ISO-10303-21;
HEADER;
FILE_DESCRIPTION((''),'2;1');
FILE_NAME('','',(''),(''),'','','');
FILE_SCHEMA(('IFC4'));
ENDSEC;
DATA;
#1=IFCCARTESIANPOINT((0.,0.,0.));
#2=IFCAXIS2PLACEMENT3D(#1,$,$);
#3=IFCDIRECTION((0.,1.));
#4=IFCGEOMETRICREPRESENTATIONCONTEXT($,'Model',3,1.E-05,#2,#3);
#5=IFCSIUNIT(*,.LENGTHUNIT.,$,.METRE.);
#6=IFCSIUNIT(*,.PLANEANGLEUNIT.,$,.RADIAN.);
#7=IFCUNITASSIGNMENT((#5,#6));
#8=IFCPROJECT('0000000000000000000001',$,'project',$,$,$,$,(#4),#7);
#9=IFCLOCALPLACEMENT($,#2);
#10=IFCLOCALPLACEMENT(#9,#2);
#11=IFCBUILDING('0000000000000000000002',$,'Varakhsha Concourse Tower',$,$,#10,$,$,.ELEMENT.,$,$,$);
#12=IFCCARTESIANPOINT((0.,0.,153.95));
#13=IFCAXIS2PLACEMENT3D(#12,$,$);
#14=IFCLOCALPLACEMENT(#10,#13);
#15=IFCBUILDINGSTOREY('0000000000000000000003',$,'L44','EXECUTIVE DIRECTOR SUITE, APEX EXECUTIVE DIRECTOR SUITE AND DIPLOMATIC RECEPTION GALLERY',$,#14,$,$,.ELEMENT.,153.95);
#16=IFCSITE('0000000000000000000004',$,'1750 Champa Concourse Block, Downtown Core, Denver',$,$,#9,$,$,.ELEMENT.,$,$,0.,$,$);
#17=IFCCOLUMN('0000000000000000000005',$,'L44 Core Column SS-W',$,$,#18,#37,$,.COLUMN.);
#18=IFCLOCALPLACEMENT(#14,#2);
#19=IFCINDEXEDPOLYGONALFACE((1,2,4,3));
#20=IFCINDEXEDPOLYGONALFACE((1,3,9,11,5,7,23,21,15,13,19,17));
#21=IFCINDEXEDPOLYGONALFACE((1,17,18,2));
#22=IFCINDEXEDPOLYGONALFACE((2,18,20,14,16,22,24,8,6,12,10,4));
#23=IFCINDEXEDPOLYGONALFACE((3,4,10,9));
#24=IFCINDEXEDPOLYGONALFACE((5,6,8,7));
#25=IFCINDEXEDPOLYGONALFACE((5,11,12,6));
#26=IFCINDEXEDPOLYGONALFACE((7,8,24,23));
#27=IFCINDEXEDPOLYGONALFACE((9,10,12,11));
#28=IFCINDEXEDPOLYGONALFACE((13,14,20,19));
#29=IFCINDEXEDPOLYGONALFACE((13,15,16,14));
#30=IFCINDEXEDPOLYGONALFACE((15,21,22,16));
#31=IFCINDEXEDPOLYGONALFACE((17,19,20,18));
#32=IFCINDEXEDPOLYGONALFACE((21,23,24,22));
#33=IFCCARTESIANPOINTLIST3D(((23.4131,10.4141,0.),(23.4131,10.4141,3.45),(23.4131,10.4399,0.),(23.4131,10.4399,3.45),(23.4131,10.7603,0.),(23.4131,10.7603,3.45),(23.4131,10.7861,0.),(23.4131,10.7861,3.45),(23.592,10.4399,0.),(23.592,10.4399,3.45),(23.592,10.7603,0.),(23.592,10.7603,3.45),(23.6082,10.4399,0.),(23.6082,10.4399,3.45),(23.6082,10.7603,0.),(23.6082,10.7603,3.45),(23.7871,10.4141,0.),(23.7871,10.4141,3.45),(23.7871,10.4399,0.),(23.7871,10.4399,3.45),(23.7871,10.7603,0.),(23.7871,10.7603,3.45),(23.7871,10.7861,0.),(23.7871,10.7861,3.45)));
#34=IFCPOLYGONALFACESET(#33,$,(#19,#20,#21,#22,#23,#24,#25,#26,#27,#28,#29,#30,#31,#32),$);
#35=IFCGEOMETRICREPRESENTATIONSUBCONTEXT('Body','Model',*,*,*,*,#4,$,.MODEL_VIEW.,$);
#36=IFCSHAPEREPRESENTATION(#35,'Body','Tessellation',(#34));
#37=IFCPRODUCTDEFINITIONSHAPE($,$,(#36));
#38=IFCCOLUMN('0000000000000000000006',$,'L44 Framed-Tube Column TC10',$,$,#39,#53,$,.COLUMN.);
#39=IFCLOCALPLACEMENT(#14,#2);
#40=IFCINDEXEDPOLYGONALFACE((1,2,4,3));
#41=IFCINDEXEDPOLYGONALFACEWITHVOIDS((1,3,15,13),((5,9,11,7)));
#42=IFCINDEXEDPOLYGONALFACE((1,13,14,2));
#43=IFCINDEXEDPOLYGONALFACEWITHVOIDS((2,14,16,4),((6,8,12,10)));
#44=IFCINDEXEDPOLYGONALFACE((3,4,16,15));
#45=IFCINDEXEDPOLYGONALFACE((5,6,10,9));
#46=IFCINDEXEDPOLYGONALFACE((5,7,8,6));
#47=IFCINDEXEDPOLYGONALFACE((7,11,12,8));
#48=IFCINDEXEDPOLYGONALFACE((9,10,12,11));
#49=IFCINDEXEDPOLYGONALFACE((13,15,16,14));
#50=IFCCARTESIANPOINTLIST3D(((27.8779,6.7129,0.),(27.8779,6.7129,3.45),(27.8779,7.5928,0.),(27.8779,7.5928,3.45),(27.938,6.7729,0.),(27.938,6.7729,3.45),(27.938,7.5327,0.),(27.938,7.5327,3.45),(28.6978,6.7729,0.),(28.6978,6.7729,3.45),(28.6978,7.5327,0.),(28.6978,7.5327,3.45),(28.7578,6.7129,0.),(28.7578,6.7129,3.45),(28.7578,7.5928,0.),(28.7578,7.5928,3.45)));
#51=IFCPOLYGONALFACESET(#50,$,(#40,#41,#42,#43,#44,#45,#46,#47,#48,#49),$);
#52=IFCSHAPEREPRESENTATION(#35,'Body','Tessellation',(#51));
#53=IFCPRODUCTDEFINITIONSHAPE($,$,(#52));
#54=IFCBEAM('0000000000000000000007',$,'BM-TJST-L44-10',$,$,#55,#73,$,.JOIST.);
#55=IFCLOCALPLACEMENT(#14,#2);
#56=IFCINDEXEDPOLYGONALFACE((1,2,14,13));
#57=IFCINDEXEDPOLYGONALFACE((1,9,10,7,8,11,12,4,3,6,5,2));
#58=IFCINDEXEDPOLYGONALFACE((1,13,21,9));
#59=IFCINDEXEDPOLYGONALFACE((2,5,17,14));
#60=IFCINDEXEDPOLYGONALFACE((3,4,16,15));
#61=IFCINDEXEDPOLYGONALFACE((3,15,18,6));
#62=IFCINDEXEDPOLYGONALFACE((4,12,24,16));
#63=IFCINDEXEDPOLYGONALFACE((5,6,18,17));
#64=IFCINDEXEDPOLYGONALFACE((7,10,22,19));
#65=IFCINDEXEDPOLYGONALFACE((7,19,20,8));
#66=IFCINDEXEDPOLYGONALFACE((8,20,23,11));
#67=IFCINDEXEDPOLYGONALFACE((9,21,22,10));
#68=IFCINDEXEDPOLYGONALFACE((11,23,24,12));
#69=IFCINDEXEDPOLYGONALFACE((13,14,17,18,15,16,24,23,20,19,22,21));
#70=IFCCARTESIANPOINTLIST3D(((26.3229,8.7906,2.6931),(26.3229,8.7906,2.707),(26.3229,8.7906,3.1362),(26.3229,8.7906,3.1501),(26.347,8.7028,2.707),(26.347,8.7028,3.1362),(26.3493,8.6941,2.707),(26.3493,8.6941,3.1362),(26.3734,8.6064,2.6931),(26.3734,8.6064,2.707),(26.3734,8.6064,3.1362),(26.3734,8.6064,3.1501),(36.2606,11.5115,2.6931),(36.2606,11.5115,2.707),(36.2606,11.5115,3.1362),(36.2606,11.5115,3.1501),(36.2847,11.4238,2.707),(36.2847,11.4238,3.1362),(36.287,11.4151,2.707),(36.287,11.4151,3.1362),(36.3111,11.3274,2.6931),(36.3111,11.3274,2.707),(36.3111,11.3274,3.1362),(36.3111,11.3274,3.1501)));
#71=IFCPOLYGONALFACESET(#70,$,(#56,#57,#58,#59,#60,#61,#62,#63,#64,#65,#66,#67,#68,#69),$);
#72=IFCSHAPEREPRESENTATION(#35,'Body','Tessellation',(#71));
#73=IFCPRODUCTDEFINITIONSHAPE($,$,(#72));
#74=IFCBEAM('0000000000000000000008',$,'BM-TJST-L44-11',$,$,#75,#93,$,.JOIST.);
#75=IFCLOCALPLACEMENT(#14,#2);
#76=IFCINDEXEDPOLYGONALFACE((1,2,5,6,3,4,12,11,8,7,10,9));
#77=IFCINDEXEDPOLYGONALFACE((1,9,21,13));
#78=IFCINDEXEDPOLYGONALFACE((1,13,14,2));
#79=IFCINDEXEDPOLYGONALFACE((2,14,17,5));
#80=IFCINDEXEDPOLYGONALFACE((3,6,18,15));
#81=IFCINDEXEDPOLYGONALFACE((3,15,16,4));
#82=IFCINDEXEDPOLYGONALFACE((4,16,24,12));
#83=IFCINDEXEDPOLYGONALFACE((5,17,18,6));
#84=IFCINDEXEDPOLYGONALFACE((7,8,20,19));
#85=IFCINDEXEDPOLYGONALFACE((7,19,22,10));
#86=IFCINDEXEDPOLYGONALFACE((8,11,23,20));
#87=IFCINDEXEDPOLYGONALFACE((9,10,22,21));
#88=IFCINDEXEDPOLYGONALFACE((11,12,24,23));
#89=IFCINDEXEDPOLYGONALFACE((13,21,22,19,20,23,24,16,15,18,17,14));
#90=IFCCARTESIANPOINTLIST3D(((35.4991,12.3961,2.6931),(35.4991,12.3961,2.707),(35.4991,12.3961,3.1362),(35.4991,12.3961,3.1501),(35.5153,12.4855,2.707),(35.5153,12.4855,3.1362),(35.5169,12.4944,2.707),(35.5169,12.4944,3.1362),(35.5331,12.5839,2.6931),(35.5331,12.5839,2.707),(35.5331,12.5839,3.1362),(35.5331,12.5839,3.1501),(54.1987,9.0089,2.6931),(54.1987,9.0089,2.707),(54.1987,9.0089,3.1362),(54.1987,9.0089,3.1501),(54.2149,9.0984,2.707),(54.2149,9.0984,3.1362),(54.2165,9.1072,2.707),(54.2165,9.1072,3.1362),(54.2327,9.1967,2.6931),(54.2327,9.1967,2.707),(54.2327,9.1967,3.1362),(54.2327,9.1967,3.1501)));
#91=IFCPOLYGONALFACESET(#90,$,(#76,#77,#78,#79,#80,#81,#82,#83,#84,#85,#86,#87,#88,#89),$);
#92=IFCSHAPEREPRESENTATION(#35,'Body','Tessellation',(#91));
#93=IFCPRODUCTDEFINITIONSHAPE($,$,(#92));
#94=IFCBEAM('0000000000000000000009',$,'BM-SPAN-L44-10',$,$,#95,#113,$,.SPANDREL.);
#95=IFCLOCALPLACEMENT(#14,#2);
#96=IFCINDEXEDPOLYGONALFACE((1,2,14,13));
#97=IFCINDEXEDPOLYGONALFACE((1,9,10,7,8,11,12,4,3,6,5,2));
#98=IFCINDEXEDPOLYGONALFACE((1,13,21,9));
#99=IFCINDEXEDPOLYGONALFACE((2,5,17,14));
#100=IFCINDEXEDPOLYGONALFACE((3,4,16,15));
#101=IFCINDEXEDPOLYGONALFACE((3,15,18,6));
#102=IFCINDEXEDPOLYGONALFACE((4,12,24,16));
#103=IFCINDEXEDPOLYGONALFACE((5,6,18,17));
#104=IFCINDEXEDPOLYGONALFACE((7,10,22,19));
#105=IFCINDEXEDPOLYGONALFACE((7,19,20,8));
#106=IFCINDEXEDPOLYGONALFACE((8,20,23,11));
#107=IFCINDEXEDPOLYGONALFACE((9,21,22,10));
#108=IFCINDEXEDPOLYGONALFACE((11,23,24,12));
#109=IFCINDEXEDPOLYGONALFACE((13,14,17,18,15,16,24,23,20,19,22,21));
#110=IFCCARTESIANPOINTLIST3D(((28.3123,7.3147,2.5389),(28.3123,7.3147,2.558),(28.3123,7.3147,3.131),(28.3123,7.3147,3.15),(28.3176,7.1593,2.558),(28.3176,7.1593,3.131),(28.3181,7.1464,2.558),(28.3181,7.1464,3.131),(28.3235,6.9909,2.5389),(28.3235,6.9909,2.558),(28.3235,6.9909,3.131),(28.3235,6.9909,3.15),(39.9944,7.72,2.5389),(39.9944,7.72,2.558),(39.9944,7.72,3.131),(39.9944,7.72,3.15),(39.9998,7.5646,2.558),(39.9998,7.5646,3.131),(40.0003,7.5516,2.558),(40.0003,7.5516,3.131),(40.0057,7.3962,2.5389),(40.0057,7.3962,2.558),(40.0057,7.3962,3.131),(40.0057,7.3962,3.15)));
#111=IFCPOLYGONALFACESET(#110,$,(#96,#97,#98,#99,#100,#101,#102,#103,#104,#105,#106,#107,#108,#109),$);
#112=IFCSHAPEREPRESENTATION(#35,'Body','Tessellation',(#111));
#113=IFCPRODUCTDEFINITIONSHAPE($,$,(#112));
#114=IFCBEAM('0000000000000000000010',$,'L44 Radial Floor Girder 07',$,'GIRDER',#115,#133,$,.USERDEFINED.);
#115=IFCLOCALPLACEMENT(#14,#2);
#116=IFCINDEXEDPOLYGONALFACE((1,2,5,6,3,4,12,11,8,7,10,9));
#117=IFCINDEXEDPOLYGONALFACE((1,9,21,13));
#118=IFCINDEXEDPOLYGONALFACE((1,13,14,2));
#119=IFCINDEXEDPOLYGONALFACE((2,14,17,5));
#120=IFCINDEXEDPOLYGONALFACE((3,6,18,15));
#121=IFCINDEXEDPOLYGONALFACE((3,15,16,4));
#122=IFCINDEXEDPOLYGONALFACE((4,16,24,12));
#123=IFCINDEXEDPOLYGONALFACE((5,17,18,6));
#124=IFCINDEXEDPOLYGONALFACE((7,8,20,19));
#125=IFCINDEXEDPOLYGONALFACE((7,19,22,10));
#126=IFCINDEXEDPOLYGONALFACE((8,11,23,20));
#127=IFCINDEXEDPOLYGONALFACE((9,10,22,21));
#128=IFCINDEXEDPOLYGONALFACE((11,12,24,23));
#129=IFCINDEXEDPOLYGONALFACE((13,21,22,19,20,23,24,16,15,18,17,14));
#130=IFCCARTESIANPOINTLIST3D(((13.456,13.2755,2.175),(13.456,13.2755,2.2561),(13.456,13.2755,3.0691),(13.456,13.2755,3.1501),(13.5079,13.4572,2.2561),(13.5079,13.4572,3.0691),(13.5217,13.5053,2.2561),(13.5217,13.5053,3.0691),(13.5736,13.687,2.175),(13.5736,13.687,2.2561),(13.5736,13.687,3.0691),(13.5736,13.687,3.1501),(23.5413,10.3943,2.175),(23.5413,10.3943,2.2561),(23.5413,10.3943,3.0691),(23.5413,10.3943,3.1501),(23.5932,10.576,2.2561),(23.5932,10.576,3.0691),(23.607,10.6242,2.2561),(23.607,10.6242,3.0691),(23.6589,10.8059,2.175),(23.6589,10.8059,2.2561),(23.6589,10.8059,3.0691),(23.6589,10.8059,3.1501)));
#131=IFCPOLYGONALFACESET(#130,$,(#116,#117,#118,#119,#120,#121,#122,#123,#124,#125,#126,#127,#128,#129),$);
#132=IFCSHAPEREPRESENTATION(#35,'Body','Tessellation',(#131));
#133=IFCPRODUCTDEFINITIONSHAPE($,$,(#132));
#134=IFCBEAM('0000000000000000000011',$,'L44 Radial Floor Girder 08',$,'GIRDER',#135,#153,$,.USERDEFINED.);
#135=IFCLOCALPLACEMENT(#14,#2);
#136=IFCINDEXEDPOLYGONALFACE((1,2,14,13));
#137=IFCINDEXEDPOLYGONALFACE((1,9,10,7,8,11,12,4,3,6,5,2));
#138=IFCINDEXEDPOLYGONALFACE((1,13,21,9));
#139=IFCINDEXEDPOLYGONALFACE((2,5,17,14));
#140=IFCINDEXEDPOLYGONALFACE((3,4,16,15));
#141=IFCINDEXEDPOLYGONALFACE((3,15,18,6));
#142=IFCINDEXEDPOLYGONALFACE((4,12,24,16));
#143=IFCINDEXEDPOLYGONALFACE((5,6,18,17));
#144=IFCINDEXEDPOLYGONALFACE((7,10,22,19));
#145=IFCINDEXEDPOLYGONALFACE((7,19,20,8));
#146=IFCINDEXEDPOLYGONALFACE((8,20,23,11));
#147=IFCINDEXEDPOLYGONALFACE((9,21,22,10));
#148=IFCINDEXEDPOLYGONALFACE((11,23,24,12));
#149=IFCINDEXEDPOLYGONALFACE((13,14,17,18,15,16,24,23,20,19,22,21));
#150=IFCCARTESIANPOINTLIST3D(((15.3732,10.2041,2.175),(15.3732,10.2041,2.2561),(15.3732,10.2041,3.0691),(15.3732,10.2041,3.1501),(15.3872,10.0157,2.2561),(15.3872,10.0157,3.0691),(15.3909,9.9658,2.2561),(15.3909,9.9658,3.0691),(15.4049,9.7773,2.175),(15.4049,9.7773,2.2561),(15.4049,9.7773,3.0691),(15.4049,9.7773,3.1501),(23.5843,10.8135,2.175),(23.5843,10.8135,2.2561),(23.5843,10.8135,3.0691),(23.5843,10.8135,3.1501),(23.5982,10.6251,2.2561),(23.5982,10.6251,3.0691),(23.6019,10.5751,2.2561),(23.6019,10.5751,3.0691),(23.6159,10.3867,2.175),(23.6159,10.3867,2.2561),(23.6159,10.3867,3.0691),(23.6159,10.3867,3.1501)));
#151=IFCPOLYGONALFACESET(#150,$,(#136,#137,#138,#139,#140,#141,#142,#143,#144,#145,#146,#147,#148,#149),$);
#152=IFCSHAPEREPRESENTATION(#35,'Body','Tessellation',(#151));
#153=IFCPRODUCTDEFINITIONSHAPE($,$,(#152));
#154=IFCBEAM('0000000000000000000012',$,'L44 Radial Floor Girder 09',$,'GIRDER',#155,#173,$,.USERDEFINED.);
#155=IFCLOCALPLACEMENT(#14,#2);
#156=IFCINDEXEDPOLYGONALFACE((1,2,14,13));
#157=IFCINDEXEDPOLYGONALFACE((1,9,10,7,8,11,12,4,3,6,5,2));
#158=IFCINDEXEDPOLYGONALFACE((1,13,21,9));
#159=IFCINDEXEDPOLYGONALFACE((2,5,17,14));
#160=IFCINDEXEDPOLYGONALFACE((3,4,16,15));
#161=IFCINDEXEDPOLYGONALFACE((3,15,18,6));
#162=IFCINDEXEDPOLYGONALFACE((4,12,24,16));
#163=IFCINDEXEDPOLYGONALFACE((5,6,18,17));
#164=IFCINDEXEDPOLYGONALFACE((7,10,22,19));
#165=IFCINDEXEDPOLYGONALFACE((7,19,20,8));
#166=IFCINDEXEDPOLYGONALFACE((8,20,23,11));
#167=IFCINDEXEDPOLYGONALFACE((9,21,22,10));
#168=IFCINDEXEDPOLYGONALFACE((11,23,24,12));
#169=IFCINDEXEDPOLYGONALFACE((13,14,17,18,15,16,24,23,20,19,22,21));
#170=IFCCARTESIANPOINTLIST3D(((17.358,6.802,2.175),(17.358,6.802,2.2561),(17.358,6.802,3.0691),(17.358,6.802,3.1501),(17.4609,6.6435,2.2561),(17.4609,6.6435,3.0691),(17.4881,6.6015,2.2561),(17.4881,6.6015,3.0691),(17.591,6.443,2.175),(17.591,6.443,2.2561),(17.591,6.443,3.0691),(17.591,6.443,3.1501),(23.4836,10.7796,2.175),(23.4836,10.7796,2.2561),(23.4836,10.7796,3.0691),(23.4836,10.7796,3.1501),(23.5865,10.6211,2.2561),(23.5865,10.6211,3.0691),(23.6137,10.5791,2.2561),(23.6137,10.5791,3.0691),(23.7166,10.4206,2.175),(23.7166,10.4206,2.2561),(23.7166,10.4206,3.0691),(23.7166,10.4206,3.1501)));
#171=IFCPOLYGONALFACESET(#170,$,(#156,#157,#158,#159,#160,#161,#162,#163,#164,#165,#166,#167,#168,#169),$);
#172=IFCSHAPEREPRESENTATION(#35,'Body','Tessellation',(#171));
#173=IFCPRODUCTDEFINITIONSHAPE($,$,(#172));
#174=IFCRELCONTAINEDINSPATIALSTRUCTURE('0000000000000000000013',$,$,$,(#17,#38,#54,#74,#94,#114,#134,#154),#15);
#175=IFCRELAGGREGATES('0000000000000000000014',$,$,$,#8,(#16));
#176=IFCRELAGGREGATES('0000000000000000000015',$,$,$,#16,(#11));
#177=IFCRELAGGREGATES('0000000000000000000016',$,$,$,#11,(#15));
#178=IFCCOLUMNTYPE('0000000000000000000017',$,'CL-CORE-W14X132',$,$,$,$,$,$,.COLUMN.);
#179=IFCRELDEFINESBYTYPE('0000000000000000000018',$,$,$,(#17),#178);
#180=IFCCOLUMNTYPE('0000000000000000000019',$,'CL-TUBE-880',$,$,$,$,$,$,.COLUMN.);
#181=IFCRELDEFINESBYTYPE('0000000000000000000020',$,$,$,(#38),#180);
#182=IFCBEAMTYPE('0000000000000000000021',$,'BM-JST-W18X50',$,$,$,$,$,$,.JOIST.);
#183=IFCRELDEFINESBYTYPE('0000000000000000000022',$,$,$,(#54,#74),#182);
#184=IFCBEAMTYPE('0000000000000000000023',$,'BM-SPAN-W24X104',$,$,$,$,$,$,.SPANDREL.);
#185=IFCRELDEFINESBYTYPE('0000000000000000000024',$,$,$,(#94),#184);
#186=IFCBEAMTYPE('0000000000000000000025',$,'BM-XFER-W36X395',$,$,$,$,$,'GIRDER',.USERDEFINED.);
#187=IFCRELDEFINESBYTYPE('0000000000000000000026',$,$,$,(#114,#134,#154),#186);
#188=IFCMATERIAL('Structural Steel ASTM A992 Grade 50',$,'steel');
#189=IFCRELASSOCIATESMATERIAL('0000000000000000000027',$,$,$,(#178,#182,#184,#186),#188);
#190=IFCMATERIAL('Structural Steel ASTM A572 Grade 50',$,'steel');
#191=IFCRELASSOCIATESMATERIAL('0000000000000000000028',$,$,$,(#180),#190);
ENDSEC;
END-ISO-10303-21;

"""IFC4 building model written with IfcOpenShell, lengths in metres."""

from ifc_helpers import new_model, si_unit, direction, frame, origin, origin_2d, place, context, subcontext, project, spatial, hollow_rectangle, i_section, extrude, material, material_profile, profile_set, type_object, element, save


model = new_model("IFC4")

# Units and contexts
model_context = context("Model", 3, precision=1e-05, world=origin(), true_north=direction((0.0, 1.0)))
body_context = subcontext(model_context, "Body", "Model", "MODEL_VIEW")
ifc_project = project(units=[si_unit("LENGTHUNIT", "METRE"), si_unit("PLANEANGLEUNIT", "RADIAN")], contexts=[model_context])

# Site, building, storey
site_placement = place(None, origin())
site = spatial("IfcSite", under=ifc_project, at=site_placement, Name="1750 Champa Concourse Block, Downtown Core, Denver", CompositionType="ELEMENT", RefElevation=0.0)
building_placement = place(site_placement, origin())
building = spatial("IfcBuilding", under=site, at=building_placement, Name="Varakhsha Concourse Tower", CompositionType="ELEMENT")
storey_placement = place(building_placement, frame((0.0, 0.0, 153.95)))
storey = spatial("IfcBuildingStorey", under=building, at=storey_placement, Name="L44", Description="EXECUTIVE DIRECTOR SUITE, APEX EXECUTIVE DIRECTOR SUITE AND DIPLOMATIC RECEPTION GALLERY", CompositionType="ELEMENT", Elevation=153.95)

# Columns
ifc_material_1 = material(Name="Structural Steel ASTM A992 Grade 50", Category="steel")
ifc_material_profile_1 = material_profile(ifc_material_1, i_section(OverallWidth=0.374, OverallDepth=0.3721, WebThickness=0.0161, FlangeThickness=0.0259, at=origin_2d()), Name="W14X132")
ifc_profile_set_1 = profile_set([ifc_material_profile_1], Name="Structural Steel ASTM A992 Grade 50")
column_type_1 = type_object("IfcColumnType", Name="CL-CORE-W14X132", PredefinedType="COLUMN", material=ifc_profile_set_1)
column_1_placement = place(storey_placement, frame((23.6001, 10.6001, 0.0), z_axis=(0.0, 0.0, 1.0), x_axis=(1.0, 0.0, 0.0)))
element("IfcColumn", 1, at=column_1_placement, inside=storey, type_object=column_type_1, Name="L44 Core Column SS-W", PredefinedType="COLUMN", context=body_context, shape_type="SweptSolid", body=[
    extrude(i_section(OverallWidth=0.374, OverallDepth=0.3721, WebThickness=0.0161, FlangeThickness=0.0259, at=origin_2d()), origin(), (0.0, 0.0, 1.0), 3.45),
])
ifc_material_2 = material(Name="Structural Steel ASTM A572 Grade 50", Category="steel")
ifc_material_profile_2 = material_profile(ifc_material_2, hollow_rectangle(XDim=0.8799, YDim=0.8799, WallThickness=0.0601, at=origin_2d()), Name="BOX 880x880x60")
ifc_profile_set_2 = profile_set([ifc_material_profile_2], Name="Structural Steel ASTM A572 Grade 50")
column_type_2 = type_object("IfcColumnType", Name="CL-TUBE-880", PredefinedType="COLUMN", material=ifc_profile_set_2)
column_2_placement = place(storey_placement, frame((28.3179, 7.1528, 0.0), z_axis=(0.0, 0.0, 1.0), x_axis=(1.0, 0.0, 0.0)))
element("IfcColumn", 2, at=column_2_placement, inside=storey, type_object=column_type_2, Name="L44 Framed-Tube Column TC10", PredefinedType="COLUMN", context=body_context, shape_type="SweptSolid", body=[
    extrude(hollow_rectangle(XDim=0.8799, YDim=0.8799, WallThickness=0.0601, at=origin_2d()), origin(), (0.0, 0.0, 1.0), 3.45),
])

# Beams
ifc_material_profile_3 = material_profile(ifc_material_1, i_section(OverallWidth=0.1909, OverallDepth=0.457, WebThickness=0.009, FlangeThickness=0.0139, at=origin_2d()), Name="W18X50")
ifc_profile_set_3 = profile_set([ifc_material_profile_3], Name="Structural Steel ASTM A992 Grade 50")
beam_type_1 = type_object("IfcBeamType", Name="BM-JST-W18X50", PredefinedType="JOIST", material=ifc_profile_set_3)
beam_1_placement = place(storey_placement, frame((26.3481, 8.6985, 2.9216), z_axis=(0.964501, 0.26408, 0.0), x_axis=(-0.26408, 0.964501, 0.0)))
element("IfcBeam", 3, at=beam_1_placement, inside=storey, type_object=beam_type_1, Name="BM-TJST-L44-10", PredefinedType="JOIST", context=body_context, shape_type="SweptSolid", body=[
    extrude(i_section(OverallWidth=0.1909, OverallDepth=0.457, WebThickness=0.009, FlangeThickness=0.0139, at=origin_2d()), origin(), (0.0, 0.0, 1.0), 10.3035),
])
beam_2_placement = place(storey_placement, frame((35.5161, 12.49, 2.9216), z_axis=(0.983988, -0.178236, 0.0), x_axis=(0.178236, 0.983988, 0.0)))
element("IfcBeam", 4, at=beam_2_placement, inside=storey, type_object=beam_type_1, Name="BM-TJST-L44-11", PredefinedType="JOIST", context=body_context, shape_type="SweptSolid", body=[
    extrude(i_section(OverallWidth=0.1909, OverallDepth=0.457, WebThickness=0.009, FlangeThickness=0.0139, at=origin_2d()), origin(), (0.0, 0.0, 1.0), 19.0039),
])
ifc_material_profile_4 = material_profile(ifc_material_1, i_section(OverallWidth=0.324, OverallDepth=0.6111, WebThickness=0.0129, FlangeThickness=0.019, at=origin_2d()), Name="W24X104")
ifc_profile_set_4 = profile_set([ifc_material_profile_4], Name="Structural Steel ASTM A992 Grade 50")
beam_type_2 = type_object("IfcBeamType", Name="BM-SPAN-W24X104", PredefinedType="SPANDREL", material=ifc_profile_set_4)
beam_3_placement = place(storey_placement, frame((28.3179, 7.1528, 2.8445), z_axis=(0.999399, 0.034671, 0.0), x_axis=(-0.034671, 0.999399, 0.0)))
element("IfcBeam", 5, at=beam_3_placement, inside=storey, type_object=beam_type_2, Name="BM-SPAN-L44-10", PredefinedType="SPANDREL", context=body_context, shape_type="SweptSolid", body=[
    extrude(i_section(OverallWidth=0.324, OverallDepth=0.6111, WebThickness=0.0129, FlangeThickness=0.019, at=origin_2d()), origin(), (0.0, 0.0, 1.0), 11.6892),
])
ifc_material_profile_5 = material_profile(ifc_material_1, i_section(OverallWidth=0.428, OverallDepth=0.9751, WebThickness=0.05, FlangeThickness=0.0811, at=origin_2d()), Name="W36X395")
ifc_profile_set_5 = profile_set([ifc_material_profile_5], Name="Structural Steel ASTM A992 Grade 50")
beam_type_3 = type_object("IfcBeamType", Name="BM-XFER-W36X395", ElementType="GIRDER", PredefinedType="USERDEFINED", material=ifc_profile_set_5)
beam_4_placement = place(storey_placement, frame((23.6001, 10.6001, 2.6626), z_axis=(-0.961534, 0.274687, 0.0), x_axis=(-0.274687, -0.961534, 0.0)))
element("IfcBeam", 6, at=beam_4_placement, inside=storey, type_object=beam_type_3, Name="L44 Radial Floor Girder 07", ObjectType="GIRDER", PredefinedType="USERDEFINED", context=body_context, shape_type="SweptSolid", body=[
    extrude(i_section(OverallWidth=0.428, OverallDepth=0.9751, WebThickness=0.05, FlangeThickness=0.0811, at=origin_2d()), origin(), (0.0, 0.0, 1.0), 10.4888),
])
beam_5_placement = place(storey_placement, frame((23.6001, 10.6001, 2.6626), z_axis=(-0.997258, -0.074009, 0.0), x_axis=(0.074009, -0.997258, 0.0)))
element("IfcBeam", 7, at=beam_5_placement, inside=storey, type_object=beam_type_3, Name="L44 Radial Floor Girder 08", ObjectType="GIRDER", PredefinedType="USERDEFINED", context=body_context, shape_type="SweptSolid", body=[
    extrude(i_section(OverallWidth=0.428, OverallDepth=0.9751, WebThickness=0.05, FlangeThickness=0.0811, at=origin_2d()), origin(), (0.0, 0.0, 1.0), 8.2336),
])
beam_6_placement = place(storey_placement, frame((23.6001, 10.6001, 2.6626), z_axis=(-0.838696, -0.544601, 0.0), x_axis=(0.544601, -0.838696, 0.0)))
element("IfcBeam", 8, at=beam_6_placement, inside=storey, type_object=beam_type_3, Name="L44 Radial Floor Girder 09", ObjectType="GIRDER", PredefinedType="USERDEFINED", context=body_context, shape_type="SweptSolid", body=[
    extrude(i_section(OverallWidth=0.428, OverallDepth=0.9751, WebThickness=0.05, FlangeThickness=0.0811, at=origin_2d()), origin(), (0.0, 0.0, 1.0), 7.3037),
])

save(model, "model.ifc")
